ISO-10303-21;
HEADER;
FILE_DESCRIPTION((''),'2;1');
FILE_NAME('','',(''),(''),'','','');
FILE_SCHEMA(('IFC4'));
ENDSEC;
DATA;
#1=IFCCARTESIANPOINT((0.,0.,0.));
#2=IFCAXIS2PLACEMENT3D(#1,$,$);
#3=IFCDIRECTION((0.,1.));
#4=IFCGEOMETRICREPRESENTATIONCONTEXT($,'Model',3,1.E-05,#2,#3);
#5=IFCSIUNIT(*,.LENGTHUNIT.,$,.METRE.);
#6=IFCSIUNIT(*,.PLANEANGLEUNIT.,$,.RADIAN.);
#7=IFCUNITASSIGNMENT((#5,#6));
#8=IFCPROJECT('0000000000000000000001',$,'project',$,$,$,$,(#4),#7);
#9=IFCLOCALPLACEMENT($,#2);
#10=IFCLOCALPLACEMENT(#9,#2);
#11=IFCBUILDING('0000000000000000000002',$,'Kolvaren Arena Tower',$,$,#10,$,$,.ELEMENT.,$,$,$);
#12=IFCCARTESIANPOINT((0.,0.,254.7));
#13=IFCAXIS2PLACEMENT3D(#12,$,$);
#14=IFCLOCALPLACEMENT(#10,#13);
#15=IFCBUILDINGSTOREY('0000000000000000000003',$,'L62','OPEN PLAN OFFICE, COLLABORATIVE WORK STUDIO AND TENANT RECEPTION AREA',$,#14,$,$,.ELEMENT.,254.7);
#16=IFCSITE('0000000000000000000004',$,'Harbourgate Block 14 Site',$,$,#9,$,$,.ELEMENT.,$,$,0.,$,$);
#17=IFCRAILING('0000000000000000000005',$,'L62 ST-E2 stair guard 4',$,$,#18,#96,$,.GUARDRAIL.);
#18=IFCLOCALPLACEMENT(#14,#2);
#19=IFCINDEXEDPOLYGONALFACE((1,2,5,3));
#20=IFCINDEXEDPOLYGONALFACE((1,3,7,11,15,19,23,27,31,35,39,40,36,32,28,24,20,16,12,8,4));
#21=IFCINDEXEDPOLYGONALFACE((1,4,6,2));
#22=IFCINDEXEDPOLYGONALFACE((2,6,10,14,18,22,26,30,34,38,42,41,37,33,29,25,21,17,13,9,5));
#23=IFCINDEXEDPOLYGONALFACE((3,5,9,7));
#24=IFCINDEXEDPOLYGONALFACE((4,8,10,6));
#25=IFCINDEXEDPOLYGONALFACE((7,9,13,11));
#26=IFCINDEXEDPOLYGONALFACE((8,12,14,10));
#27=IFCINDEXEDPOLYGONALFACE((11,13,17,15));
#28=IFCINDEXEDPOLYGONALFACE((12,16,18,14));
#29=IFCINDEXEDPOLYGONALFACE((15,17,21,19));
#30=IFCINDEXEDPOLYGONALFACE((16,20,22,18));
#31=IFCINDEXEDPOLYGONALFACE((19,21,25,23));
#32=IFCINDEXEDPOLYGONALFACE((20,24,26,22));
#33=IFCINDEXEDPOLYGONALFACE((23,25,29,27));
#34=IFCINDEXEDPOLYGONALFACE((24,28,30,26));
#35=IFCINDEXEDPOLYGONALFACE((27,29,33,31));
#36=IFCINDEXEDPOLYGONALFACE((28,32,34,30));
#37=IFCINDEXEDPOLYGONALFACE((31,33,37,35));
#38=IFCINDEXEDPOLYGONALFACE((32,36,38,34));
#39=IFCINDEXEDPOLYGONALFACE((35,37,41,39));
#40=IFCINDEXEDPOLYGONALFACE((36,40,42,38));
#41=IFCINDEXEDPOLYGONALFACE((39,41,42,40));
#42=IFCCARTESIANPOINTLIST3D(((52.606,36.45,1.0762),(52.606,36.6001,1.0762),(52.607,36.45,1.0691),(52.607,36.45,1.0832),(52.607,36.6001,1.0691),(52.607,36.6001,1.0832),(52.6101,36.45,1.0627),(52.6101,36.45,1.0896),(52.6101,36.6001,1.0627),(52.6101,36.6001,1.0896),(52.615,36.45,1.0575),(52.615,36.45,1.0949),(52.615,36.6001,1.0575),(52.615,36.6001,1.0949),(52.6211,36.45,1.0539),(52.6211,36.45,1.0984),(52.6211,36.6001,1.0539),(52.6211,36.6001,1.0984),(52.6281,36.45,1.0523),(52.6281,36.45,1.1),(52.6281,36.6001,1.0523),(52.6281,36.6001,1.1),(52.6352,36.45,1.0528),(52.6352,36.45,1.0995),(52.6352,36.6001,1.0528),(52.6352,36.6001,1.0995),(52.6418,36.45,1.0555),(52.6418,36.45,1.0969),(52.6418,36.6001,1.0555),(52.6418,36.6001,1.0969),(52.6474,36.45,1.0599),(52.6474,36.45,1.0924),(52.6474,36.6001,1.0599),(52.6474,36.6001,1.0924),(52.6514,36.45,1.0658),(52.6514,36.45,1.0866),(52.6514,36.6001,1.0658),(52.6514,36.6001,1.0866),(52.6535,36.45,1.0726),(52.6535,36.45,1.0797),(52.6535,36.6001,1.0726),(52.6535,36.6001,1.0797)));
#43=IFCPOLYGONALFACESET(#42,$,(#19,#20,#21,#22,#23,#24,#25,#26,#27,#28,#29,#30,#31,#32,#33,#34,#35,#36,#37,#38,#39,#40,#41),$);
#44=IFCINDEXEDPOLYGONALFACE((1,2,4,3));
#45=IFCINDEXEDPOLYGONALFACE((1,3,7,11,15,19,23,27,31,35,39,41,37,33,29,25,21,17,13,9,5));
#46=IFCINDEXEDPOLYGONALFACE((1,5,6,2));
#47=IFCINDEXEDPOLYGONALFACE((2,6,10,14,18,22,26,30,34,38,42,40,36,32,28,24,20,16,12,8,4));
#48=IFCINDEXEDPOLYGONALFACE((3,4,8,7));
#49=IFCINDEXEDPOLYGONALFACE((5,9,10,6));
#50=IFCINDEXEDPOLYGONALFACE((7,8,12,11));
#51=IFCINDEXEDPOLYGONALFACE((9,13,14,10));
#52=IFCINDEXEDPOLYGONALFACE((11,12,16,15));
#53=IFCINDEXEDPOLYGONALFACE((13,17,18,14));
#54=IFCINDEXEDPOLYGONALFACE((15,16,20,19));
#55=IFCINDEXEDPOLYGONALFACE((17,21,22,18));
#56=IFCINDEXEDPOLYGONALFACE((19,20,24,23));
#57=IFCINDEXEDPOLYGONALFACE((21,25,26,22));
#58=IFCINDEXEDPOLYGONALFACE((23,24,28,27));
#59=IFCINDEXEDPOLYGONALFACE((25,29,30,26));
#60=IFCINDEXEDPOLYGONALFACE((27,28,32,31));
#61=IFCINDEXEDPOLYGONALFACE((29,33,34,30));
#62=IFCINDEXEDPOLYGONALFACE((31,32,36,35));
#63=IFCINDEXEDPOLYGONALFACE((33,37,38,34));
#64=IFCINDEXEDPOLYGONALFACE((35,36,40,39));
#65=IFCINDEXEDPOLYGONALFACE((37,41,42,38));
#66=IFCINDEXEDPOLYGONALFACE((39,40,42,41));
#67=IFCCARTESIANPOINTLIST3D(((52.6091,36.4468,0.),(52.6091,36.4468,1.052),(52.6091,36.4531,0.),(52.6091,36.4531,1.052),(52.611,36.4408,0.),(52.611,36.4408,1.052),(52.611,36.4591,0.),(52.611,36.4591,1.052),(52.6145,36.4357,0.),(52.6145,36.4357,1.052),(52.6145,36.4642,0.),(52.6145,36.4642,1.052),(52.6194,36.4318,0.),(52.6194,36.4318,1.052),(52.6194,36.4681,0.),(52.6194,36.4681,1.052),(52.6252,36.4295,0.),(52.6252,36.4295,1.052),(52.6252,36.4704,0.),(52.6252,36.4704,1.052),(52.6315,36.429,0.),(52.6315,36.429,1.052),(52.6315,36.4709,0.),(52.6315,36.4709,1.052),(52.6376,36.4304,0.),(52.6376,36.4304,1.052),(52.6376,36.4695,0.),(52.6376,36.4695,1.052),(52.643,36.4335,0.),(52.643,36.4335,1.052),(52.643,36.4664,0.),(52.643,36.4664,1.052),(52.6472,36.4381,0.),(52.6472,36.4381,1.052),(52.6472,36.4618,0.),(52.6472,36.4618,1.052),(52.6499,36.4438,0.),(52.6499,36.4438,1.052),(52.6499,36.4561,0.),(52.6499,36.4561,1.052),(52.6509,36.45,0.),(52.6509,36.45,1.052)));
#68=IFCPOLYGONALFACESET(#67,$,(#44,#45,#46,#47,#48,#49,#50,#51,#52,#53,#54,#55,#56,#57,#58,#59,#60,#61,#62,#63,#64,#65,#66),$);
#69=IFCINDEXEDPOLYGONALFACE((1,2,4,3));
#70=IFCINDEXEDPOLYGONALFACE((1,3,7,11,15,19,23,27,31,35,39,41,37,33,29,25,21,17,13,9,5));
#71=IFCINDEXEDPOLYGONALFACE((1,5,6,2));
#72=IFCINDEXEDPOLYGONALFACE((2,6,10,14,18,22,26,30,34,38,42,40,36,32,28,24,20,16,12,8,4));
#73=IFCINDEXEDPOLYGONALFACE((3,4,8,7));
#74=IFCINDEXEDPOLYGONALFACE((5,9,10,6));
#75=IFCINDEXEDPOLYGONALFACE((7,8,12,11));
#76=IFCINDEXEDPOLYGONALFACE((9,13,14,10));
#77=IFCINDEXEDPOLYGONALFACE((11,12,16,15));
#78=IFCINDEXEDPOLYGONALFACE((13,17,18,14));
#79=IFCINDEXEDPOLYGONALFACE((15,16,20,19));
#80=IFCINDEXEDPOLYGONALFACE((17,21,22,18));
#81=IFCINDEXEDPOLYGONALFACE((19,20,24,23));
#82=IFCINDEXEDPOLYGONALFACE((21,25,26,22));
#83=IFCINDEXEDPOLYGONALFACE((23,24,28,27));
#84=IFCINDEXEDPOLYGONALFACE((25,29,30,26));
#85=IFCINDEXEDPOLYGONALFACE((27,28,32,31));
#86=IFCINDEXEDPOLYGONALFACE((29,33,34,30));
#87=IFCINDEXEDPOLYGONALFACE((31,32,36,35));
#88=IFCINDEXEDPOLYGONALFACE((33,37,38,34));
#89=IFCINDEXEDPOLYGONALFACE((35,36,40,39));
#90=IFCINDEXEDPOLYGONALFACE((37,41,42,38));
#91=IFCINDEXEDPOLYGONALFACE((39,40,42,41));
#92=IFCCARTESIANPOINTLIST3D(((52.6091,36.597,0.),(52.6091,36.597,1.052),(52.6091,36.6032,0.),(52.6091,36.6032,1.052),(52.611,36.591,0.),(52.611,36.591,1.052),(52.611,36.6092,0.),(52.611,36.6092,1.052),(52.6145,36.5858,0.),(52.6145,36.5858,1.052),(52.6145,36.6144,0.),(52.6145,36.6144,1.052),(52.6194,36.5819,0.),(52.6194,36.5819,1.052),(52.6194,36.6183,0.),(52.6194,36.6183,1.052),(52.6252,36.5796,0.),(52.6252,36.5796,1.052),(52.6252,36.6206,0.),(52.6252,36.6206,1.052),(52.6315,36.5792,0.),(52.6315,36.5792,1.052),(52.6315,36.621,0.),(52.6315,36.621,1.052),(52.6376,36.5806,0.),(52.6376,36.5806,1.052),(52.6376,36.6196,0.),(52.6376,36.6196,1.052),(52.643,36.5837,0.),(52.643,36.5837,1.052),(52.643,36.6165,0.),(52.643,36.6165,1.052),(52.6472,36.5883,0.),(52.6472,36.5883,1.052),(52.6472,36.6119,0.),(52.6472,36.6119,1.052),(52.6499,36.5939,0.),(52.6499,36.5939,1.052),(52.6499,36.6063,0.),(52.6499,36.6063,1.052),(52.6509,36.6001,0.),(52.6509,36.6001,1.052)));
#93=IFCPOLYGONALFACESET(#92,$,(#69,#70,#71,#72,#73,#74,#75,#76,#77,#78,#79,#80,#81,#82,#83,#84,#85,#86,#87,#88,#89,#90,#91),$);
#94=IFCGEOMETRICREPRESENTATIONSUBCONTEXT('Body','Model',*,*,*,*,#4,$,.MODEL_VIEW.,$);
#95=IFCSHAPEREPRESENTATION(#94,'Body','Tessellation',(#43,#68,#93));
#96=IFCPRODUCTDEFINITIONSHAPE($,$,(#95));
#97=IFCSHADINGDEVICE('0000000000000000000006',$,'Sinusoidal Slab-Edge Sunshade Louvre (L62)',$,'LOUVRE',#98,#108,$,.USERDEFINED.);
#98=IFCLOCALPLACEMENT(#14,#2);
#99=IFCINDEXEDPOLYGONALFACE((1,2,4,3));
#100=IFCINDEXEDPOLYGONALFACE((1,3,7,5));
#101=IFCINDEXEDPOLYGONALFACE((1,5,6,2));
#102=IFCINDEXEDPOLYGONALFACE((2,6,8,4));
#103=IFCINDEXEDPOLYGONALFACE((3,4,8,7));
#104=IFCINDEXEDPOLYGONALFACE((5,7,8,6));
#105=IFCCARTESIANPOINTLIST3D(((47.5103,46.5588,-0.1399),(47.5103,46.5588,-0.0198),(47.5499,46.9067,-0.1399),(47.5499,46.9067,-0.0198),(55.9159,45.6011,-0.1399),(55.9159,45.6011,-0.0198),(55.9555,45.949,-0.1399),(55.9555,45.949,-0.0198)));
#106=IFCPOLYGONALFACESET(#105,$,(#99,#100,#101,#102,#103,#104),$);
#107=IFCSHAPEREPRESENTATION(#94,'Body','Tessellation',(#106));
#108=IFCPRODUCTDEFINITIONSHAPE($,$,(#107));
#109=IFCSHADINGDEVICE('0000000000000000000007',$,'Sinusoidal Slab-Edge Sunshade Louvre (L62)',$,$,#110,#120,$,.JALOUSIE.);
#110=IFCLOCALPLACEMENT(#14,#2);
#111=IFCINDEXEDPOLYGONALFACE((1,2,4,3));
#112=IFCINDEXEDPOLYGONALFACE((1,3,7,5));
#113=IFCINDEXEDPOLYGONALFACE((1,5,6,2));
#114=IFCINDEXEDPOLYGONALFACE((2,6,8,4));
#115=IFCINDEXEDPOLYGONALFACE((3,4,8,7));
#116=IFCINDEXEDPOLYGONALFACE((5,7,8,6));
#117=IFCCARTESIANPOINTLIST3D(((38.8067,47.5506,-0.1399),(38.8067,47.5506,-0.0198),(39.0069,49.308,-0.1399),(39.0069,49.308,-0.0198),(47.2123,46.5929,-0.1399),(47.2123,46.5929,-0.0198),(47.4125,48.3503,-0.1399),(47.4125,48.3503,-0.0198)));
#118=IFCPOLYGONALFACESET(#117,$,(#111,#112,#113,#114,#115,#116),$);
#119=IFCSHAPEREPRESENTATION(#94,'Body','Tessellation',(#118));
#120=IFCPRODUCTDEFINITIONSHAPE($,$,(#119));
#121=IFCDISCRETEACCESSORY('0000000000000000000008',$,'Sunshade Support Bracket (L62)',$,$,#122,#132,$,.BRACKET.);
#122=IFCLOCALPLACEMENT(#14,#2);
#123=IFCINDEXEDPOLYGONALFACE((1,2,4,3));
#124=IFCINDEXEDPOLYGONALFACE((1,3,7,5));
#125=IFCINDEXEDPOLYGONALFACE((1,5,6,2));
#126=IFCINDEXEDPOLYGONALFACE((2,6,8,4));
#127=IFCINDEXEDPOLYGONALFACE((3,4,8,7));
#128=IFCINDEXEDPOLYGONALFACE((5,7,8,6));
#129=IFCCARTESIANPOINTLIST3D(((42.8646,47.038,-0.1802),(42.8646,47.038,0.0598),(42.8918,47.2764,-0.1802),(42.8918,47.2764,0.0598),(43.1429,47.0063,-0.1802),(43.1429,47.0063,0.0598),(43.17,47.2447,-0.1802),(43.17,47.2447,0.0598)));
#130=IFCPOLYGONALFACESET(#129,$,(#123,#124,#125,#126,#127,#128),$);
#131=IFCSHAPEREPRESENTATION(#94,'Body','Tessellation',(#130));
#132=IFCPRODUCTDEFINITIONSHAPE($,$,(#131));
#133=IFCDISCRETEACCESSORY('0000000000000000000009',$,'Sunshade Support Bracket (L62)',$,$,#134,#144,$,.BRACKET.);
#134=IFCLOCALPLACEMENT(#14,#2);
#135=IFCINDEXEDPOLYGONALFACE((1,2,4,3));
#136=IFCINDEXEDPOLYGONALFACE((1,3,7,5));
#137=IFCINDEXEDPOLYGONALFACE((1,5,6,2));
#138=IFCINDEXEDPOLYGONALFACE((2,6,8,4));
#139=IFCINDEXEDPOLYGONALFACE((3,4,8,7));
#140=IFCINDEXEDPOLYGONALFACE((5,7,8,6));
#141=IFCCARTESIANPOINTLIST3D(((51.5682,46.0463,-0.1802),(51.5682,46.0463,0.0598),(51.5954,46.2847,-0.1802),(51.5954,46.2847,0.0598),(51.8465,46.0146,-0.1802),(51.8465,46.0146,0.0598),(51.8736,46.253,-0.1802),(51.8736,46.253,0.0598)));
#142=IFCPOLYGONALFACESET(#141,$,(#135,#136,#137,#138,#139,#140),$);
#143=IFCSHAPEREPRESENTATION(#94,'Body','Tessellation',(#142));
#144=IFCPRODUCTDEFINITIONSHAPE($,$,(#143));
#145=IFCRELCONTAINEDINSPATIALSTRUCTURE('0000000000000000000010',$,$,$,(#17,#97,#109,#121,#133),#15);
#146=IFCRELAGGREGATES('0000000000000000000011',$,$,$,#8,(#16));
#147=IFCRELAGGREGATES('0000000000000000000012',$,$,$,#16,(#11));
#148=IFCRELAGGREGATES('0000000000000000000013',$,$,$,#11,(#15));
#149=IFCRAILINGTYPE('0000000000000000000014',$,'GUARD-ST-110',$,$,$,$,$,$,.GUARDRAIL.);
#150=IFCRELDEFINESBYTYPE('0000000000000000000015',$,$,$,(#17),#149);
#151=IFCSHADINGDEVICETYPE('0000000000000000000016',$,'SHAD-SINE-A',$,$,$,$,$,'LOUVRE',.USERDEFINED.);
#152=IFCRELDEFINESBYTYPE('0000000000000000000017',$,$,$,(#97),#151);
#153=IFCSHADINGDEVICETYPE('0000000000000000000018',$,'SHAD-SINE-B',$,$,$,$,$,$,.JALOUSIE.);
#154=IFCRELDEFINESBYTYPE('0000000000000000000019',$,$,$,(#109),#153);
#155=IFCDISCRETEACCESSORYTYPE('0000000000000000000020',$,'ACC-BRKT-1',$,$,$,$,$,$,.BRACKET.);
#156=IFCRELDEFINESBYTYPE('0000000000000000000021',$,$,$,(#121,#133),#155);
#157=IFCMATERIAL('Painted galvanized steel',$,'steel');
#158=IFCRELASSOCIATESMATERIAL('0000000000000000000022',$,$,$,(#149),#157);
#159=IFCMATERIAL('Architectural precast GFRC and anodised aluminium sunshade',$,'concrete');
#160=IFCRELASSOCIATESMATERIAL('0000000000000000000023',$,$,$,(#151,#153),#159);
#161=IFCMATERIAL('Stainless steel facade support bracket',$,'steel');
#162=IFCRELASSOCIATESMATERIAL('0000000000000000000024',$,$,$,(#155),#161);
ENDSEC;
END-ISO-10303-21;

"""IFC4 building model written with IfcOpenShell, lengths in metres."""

from ifc_helpers import new_model, si_unit, direction, frame, origin, origin_2d, place, context, subcontext, project, spatial, rectangle, circle, extrude, material, type_object, element, save


model = new_model("IFC4")

# Units and contexts
model_context = context("Model", 3, precision=1e-05, world=origin(), true_north=direction((0.0, 1.0)))
body_context = subcontext(model_context, "Body", "Model", "MODEL_VIEW")
ifc_project = project(units=[si_unit("LENGTHUNIT", "METRE"), si_unit("PLANEANGLEUNIT", "RADIAN")], contexts=[model_context])

# Site, building, storey
site_placement = place(None, origin())
site = spatial("IfcSite", under=ifc_project, at=site_placement, Name="Harbourgate Block 14 Site", CompositionType="ELEMENT", RefElevation=0.0)
building_placement = place(site_placement, origin())
building = spatial("IfcBuilding", under=site, at=building_placement, Name="Kolvaren Arena Tower", CompositionType="ELEMENT")
storey_placement = place(building_placement, frame((0.0, 0.0, 254.7)))
storey = spatial("IfcBuildingStorey", under=building, at=storey_placement, Name="L62", Description="OPEN PLAN OFFICE, COLLABORATIVE WORK STUDIO AND TENANT RECEPTION AREA", CompositionType="ELEMENT", Elevation=254.7)

# Railing
ifc_material_1 = material(Name="Painted galvanized steel", Category="steel")
railing_type = type_object("IfcRailingType", Name="GUARD-ST-110", PredefinedType="GUARDRAIL", material=ifc_material_1)
railing_1_placement = place(storey_placement, frame((52.6299, 36.45, 0.0)))
element("IfcRailing", 1, at=railing_1_placement, inside=storey, type_object=railing_type, Name="L62 ST-E2 stair guard 4", PredefinedType="GUARDRAIL", context=body_context, shape_type="SweptSolid", body=[
    extrude(circle(Radius=0.0239, at=origin_2d()), frame((0.0, 0.0, 1.0762), z_axis=(0.0, 1.0, 0.0), x_axis=(-1.0, 0.0, 0.0)), (0.0, 0.0, 1.0), 0.1501),
    extrude(circle(Radius=0.021, at=origin_2d()), origin(), (0.0, 0.0, 1.0), 1.052),
    extrude(circle(Radius=0.021, at=origin_2d()), frame((0.0, 0.1501, 0.0)), (0.0, 0.0, 1.0), 1.052),
])

# Shading devices
ifc_material_2 = material(Name="Architectural precast GFRC and anodised aluminium sunshade", Category="concrete")
shading_device_type_1 = type_object("IfcShadingDeviceType", Name="SHAD-SINE-A", ElementType="LOUVRE", PredefinedType="USERDEFINED", material=ifc_material_2)
shading_device_1_placement = place(storey_placement, frame((51.7329, 46.2539, -0.1399), z_axis=(0.0, 0.0, 1.0), x_axis=(0.993572, -0.113205, 0.0)))
element("IfcShadingDevice", 2, at=shading_device_1_placement, inside=storey, type_object=shading_device_type_1, Name="Sinusoidal Slab-Edge Sunshade Louvre (L62)", ObjectType="LOUVRE", PredefinedType="USERDEFINED", context=body_context, shape_type="SweptSolid", body=[
    extrude(rectangle(XDim=8.46, YDim=0.3501, at=origin_2d()), origin(), (0.0, 0.0, 1.0), 0.1201),
])
shading_device_type_2 = type_object("IfcShadingDeviceType", Name="SHAD-SINE-B", PredefinedType="JALOUSIE", material=ifc_material_2)
shading_device_2_placement = place(storey_placement, frame((43.1096, 47.9504, -0.1399), z_axis=(0.0, 0.0, 1.0), x_axis=(0.993572, -0.113205, 0.0)))
element("IfcShadingDevice", 3, at=shading_device_2_placement, inside=storey, type_object=shading_device_type_2, Name="Sinusoidal Slab-Edge Sunshade Louvre (L62)", PredefinedType="JALOUSIE", context=body_context, shape_type="SweptSolid", body=[
    extrude(rectangle(XDim=8.46, YDim=1.7688, at=origin_2d()), origin(), (0.0, 0.0, 1.0), 0.1201),
])

# Discrete accessories
ifc_material_3 = material(Name="Stainless steel facade support bracket", Category="steel")
discrete_accessory_type = type_object("IfcDiscreteAccessoryType", Name="ACC-BRKT-1", PredefinedType="BRACKET", material=ifc_material_3)
for number, where, z_axis, x_axis, name in (
    (4, (43.0173, 47.1414, -0.1802), (0.0, 0.0, 1.0), (0.993572, -0.113205, 0.0), "Sunshade Support Bracket (L62)"),
    (5, (51.7209, 46.1497, -0.1802), (0.0, 0.0, 1.0), (0.993572, -0.113205, 0.0), "Sunshade Support Bracket (L62)"),
):
    element("IfcDiscreteAccessory", number, at=place(storey_placement, frame(where, z_axis=z_axis, x_axis=x_axis)), inside=storey, type_object=discrete_accessory_type, Name=name, PredefinedType="BRACKET", context=body_context, shape_type="SweptSolid", body=[
        extrude(rectangle(XDim=0.28, YDim=0.24, at=origin_2d()), origin(), (0.0, 0.0, 1.0), 0.24),
    ])

save(model, "model.ifc")
